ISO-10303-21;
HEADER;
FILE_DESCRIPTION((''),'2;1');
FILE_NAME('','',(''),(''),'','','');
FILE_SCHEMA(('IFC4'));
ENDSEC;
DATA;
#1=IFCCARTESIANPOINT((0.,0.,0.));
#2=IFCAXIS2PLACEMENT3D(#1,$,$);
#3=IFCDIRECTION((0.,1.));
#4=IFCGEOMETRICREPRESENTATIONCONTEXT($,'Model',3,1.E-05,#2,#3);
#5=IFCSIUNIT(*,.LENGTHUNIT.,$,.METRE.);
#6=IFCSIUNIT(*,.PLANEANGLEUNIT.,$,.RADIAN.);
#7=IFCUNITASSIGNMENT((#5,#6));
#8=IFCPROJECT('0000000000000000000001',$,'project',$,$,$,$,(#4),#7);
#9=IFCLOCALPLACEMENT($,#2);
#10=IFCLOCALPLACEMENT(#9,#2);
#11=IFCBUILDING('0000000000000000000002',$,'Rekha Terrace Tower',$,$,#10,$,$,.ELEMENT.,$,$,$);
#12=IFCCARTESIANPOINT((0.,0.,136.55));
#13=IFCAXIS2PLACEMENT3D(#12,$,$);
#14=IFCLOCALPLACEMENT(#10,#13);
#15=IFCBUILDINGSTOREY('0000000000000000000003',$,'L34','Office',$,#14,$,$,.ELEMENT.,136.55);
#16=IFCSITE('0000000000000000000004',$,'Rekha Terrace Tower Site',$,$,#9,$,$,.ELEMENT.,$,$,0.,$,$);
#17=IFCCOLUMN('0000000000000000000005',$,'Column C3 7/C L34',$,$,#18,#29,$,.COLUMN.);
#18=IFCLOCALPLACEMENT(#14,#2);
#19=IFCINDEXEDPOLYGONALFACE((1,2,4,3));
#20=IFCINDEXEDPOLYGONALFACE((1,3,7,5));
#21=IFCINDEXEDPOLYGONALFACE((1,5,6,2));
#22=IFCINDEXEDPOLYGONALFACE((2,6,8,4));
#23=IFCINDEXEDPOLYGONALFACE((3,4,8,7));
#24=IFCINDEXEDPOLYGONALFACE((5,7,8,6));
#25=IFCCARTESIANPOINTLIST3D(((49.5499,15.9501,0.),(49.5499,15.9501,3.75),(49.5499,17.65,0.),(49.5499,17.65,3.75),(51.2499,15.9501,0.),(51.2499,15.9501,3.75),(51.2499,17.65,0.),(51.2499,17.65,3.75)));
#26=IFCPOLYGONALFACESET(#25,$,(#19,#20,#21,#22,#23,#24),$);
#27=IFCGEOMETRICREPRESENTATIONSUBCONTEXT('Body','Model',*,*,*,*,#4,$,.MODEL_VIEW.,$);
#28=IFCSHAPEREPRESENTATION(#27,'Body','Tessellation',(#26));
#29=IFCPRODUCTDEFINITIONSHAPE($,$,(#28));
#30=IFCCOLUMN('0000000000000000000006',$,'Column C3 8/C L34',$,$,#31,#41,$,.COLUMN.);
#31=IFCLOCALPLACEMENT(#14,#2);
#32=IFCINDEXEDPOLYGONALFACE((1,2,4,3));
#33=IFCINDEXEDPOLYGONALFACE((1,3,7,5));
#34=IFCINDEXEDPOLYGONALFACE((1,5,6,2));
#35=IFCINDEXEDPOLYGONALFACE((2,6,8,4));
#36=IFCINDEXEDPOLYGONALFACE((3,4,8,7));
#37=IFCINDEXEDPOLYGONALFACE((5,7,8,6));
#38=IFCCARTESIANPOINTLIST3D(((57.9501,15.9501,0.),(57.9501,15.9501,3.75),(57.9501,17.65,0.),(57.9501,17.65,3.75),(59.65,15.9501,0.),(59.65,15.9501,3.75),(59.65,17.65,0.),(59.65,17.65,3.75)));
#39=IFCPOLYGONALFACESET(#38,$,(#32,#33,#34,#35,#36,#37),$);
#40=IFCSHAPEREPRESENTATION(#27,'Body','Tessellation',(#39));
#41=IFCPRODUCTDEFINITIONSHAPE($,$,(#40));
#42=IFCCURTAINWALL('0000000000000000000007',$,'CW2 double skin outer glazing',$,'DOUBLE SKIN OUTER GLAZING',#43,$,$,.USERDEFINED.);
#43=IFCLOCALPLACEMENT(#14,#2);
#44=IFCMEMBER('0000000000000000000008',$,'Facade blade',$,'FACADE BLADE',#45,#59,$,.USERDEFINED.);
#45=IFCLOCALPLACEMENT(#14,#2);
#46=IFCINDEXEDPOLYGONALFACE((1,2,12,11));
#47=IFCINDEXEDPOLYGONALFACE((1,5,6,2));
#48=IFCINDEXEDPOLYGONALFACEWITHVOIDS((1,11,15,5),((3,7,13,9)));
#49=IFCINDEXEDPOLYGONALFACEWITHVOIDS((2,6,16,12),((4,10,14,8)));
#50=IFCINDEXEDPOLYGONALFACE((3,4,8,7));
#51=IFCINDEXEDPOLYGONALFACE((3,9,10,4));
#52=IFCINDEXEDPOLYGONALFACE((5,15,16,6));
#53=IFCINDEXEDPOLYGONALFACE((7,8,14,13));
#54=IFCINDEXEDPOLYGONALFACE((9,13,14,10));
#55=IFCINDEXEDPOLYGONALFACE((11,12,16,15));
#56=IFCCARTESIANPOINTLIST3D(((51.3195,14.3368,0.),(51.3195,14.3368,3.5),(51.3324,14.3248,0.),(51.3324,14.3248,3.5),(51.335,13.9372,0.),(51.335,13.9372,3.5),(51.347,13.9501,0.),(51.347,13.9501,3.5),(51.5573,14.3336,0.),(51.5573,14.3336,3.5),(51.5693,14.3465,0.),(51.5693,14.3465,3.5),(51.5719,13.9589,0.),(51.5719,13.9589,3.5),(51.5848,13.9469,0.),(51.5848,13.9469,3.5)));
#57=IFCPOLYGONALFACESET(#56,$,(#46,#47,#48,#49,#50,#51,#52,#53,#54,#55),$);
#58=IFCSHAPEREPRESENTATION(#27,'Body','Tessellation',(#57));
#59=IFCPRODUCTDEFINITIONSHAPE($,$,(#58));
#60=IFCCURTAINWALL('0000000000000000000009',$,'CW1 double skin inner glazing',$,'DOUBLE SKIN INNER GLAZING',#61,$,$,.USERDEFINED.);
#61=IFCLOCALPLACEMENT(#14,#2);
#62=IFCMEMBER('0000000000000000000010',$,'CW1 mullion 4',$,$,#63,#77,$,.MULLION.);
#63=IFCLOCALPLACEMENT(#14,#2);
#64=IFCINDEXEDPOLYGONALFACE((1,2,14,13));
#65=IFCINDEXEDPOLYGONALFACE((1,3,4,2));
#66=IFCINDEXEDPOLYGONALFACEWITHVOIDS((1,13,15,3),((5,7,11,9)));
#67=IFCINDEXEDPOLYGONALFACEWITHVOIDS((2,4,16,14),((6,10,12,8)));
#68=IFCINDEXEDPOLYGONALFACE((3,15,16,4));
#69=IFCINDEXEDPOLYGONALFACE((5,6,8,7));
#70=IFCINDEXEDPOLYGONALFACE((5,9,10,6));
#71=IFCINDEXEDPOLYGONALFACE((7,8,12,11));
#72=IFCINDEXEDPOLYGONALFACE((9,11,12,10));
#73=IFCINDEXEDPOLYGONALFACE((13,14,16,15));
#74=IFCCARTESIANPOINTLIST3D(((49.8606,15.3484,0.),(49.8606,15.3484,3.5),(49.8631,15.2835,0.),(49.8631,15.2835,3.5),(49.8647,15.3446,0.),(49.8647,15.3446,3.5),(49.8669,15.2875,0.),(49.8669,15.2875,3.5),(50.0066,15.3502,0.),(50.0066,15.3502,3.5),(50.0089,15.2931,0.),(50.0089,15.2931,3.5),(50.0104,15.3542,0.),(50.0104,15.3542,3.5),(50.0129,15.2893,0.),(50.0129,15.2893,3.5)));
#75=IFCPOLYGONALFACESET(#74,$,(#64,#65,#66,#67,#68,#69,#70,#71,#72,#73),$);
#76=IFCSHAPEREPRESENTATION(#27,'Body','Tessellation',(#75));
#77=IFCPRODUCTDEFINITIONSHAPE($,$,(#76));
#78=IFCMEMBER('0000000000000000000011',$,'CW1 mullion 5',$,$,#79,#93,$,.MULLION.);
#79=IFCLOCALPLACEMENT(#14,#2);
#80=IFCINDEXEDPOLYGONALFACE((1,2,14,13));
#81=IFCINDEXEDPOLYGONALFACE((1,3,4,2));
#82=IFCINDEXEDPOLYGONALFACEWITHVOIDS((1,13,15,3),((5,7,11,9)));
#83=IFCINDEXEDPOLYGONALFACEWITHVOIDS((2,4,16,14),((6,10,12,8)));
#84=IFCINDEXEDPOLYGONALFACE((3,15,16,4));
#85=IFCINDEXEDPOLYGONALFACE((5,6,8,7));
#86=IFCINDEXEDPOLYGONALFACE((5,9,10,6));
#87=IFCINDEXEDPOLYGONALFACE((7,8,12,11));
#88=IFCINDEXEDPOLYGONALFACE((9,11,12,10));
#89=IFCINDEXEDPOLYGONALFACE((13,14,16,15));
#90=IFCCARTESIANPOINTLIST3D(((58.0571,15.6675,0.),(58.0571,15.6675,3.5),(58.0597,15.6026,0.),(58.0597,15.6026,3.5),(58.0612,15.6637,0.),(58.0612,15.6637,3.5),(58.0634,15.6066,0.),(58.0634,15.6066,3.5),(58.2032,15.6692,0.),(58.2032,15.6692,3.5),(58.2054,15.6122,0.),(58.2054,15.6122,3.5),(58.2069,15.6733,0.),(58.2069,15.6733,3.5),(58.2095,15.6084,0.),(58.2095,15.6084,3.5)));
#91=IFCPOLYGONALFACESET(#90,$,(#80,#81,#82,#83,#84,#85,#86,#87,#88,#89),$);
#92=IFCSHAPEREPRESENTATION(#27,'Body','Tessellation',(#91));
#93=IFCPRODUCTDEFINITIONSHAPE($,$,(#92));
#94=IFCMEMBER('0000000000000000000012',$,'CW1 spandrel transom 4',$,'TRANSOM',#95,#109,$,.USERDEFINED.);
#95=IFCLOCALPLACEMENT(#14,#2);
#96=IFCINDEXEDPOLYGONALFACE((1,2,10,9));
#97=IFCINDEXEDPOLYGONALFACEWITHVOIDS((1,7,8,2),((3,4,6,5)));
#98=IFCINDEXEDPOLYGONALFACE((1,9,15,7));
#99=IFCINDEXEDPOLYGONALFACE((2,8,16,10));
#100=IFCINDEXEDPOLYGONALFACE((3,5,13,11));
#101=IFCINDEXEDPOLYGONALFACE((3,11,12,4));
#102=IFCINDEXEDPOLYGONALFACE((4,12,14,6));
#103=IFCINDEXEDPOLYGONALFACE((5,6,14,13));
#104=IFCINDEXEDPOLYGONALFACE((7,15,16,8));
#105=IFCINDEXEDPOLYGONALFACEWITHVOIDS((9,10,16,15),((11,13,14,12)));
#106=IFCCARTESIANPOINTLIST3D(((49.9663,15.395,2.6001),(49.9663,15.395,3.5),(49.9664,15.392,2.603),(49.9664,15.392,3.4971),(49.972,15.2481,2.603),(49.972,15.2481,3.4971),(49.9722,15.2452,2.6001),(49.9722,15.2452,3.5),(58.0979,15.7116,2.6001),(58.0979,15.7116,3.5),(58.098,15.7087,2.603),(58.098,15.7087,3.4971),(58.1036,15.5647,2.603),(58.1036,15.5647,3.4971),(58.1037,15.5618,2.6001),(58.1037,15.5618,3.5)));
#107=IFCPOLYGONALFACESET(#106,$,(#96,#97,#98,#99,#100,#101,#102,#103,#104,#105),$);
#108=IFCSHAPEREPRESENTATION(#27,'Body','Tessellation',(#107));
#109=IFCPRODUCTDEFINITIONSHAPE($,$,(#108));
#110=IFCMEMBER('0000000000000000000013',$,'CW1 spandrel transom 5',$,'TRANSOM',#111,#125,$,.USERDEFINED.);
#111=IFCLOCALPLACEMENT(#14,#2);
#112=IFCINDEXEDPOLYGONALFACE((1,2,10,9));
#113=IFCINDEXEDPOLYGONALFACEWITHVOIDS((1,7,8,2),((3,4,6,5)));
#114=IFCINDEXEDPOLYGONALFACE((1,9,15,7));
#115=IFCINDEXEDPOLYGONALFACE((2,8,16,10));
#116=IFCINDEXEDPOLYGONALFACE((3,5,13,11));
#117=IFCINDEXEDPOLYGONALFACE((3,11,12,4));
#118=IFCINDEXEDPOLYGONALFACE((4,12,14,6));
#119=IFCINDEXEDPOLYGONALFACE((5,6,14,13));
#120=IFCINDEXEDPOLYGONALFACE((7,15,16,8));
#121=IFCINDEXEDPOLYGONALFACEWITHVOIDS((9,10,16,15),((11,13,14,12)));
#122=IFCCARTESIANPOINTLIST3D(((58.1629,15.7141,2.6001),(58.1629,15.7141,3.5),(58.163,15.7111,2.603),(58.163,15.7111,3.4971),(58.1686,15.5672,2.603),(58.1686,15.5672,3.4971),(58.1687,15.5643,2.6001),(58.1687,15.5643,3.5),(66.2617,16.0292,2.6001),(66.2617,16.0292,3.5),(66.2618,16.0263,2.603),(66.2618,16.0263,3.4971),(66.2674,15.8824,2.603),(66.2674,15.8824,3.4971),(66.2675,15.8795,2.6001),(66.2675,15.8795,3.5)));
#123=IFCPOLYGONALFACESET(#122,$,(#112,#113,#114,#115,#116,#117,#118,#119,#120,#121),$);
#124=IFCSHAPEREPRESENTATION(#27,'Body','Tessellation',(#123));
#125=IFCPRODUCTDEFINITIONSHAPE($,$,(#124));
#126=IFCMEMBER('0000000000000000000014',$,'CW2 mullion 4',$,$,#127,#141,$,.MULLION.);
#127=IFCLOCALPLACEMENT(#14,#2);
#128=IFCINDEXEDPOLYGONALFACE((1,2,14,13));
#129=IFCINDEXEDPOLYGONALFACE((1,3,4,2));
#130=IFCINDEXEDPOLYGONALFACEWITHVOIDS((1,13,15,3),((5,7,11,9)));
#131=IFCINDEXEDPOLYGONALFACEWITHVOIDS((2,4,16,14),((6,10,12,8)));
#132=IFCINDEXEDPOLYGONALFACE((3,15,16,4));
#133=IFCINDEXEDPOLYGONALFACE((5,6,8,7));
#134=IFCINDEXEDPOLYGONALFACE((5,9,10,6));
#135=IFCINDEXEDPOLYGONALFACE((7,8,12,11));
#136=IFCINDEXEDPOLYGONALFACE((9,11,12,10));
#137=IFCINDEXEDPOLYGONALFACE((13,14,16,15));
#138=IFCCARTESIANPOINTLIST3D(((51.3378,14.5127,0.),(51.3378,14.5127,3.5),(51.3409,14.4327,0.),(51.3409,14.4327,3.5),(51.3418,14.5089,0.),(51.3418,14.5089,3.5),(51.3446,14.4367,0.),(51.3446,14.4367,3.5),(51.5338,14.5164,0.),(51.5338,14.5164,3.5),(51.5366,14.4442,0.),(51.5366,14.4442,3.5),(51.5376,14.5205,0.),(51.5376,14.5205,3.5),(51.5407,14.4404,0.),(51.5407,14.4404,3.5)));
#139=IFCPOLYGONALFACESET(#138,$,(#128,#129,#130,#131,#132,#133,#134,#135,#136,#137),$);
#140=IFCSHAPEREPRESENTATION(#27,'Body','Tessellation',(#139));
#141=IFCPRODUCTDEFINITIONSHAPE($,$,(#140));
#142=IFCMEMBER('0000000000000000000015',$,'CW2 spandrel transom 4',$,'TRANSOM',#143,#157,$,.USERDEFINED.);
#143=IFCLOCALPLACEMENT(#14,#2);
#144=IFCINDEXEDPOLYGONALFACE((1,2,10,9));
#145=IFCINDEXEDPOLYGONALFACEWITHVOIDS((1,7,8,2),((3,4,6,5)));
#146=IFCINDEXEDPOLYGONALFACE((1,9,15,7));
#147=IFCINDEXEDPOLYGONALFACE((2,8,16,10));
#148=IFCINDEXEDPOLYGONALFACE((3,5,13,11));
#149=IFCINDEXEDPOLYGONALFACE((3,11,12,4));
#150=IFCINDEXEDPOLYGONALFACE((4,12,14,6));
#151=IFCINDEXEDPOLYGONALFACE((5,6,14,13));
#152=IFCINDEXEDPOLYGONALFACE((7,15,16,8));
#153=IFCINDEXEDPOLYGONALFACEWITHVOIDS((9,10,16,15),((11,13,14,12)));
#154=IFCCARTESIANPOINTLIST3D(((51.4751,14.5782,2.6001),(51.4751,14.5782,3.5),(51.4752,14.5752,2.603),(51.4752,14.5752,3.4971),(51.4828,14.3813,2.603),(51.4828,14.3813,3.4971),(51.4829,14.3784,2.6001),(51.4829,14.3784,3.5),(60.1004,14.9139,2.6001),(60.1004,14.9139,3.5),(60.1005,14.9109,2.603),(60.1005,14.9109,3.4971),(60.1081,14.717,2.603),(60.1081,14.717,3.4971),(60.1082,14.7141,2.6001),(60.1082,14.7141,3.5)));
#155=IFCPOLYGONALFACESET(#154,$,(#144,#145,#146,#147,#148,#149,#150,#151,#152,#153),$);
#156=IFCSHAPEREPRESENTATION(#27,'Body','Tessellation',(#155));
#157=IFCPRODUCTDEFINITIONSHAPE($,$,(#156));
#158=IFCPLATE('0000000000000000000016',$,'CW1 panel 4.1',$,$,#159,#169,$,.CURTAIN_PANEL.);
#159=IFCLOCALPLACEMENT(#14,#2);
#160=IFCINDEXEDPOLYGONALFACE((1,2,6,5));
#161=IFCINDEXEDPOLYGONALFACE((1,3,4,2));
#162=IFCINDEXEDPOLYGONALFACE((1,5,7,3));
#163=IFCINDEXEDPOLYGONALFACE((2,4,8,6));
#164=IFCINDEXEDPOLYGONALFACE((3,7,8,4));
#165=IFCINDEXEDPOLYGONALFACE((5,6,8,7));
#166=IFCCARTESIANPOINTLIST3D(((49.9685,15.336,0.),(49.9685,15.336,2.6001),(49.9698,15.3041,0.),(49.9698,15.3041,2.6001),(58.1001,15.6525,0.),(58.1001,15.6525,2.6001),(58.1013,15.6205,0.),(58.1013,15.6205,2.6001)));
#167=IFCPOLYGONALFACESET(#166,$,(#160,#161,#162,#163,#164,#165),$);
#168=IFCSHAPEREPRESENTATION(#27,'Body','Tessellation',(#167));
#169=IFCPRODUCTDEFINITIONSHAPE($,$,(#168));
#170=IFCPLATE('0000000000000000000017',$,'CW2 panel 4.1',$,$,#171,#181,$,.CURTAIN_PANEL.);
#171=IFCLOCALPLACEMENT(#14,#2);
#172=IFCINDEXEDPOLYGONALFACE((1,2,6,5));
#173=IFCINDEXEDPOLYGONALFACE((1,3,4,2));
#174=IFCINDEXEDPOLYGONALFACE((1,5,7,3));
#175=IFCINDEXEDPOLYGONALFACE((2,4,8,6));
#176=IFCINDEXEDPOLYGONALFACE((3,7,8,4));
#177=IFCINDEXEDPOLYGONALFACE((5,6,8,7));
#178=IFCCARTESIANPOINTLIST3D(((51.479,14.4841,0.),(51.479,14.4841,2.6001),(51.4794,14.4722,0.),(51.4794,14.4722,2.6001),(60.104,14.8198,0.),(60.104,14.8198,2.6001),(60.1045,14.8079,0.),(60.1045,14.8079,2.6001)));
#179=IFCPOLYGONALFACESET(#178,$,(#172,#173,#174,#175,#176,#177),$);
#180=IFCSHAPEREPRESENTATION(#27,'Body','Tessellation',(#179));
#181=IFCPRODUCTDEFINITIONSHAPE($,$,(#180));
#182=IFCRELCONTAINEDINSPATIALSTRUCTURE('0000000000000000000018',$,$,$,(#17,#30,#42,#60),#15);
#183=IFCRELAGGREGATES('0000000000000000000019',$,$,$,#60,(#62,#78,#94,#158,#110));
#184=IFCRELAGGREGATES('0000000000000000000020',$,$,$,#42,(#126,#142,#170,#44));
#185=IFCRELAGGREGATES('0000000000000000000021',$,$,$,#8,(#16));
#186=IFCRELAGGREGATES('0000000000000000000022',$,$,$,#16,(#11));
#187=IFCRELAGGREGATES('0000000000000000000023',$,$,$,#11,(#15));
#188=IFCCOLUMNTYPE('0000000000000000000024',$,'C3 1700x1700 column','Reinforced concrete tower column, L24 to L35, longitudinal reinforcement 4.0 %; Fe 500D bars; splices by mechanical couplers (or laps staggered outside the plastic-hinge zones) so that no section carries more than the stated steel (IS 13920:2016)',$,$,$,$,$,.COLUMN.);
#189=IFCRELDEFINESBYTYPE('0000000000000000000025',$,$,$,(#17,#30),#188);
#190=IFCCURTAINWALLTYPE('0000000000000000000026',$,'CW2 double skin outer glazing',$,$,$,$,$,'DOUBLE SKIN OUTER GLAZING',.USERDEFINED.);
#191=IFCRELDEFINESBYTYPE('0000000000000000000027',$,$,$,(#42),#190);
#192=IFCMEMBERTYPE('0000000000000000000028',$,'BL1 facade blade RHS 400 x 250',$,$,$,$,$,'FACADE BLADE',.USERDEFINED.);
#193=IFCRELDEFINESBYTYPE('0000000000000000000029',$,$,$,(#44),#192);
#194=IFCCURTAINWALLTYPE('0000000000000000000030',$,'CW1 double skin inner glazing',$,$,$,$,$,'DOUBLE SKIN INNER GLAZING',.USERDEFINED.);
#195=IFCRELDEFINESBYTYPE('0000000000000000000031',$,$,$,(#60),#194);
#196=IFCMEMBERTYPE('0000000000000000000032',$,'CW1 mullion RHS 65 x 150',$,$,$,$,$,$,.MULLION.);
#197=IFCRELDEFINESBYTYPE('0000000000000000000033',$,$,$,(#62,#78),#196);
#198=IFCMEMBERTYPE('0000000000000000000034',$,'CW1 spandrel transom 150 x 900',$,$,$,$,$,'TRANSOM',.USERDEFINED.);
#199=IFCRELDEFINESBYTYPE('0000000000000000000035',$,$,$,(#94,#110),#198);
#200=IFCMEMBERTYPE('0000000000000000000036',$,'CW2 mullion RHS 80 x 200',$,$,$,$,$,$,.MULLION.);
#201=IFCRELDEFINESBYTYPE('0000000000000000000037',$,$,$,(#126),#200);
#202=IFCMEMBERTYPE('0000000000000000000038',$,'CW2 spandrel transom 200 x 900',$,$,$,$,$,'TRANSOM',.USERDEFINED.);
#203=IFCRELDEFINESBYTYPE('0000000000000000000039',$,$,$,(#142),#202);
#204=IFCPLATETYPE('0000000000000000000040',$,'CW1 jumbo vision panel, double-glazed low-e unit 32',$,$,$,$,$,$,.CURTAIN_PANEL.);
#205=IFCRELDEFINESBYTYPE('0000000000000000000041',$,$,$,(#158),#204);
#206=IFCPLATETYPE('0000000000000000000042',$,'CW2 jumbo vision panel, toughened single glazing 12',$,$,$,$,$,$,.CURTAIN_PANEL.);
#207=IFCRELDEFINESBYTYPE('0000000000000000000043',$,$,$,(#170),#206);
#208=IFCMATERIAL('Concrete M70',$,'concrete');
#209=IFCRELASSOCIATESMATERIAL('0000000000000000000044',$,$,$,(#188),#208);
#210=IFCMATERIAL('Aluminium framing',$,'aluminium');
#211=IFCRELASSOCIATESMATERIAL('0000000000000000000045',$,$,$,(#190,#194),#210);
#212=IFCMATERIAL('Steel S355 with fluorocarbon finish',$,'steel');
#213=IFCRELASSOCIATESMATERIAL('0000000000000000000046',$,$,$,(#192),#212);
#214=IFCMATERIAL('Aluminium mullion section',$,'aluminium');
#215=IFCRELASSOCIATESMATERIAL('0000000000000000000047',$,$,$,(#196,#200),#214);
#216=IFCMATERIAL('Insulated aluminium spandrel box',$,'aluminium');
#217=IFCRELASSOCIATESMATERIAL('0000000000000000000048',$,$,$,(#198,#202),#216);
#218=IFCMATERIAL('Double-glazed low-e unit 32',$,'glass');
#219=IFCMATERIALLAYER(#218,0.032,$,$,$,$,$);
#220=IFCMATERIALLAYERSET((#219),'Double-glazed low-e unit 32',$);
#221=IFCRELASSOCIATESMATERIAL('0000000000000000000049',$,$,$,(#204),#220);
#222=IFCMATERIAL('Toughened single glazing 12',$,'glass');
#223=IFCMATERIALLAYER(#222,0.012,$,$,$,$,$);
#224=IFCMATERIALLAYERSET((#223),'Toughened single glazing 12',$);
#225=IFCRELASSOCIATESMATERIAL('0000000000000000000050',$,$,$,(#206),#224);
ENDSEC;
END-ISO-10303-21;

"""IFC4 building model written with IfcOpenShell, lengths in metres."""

from ifc_helpers import new_model, si_unit, direction, frame, origin, origin_2d, place, context, subcontext, project, spatial, rectangle, hollow_rectangle, extrude, material, layer, layer_set, material_profile, profile_set, type_object, element, aggregate, save


model = new_model("IFC4")

# Units and contexts
model_context = context("Model", 3, precision=1e-05, world=origin(), true_north=direction((0.0, 1.0)))
body_context = subcontext(model_context, "Body", "Model", "MODEL_VIEW")
ifc_project = project(units=[si_unit("LENGTHUNIT", "METRE"), si_unit("PLANEANGLEUNIT", "RADIAN")], contexts=[model_context])

# Site, building, storey
site_placement = place(None, origin())
site = spatial("IfcSite", under=ifc_project, at=site_placement, Name="Rekha Terrace Tower Site", CompositionType="ELEMENT", RefElevation=0.0)
building_placement = place(site_placement, origin())
building = spatial("IfcBuilding", under=site, at=building_placement, Name="Rekha Terrace Tower", CompositionType="ELEMENT")
storey_placement = place(building_placement, frame((0.0, 0.0, 136.55)))
storey = spatial("IfcBuildingStorey", under=building, at=storey_placement, Name="L34", Description="Office", CompositionType="ELEMENT", Elevation=136.55)

# Columns
ifc_material_1 = material(Name="Concrete M70", Category="concrete")
ifc_material_profile_1 = material_profile(ifc_material_1, rectangle(XDim=1.7, YDim=1.7, at=origin_2d()), Name="RC 1700x1700")
ifc_profile_set_1 = profile_set([ifc_material_profile_1], Name="Concrete M70")
column_type = type_object("IfcColumnType", Name="C3 1700x1700 column", Description="Reinforced concrete tower column, L24 to L35, longitudinal reinforcement 4.0 %; Fe 500D bars; splices by mechanical couplers (or laps staggered outside the plastic-hinge zones) so that no section carries more than the stated steel (IS 13920:2016)", PredefinedType="COLUMN", material=ifc_profile_set_1)
for number, where, z_axis, x_axis, name in (
    (1, (50.3999, 16.8, 0.0), (0.0, 0.0, 1.0), (1.0, 0.0, 0.0), "Column C3 7/C L34"),
    (2, (58.8, 16.8, 0.0), (0.0, 0.0, 1.0), (1.0, 0.0, 0.0), "Column C3 8/C L34"),
):
    element("IfcColumn", number, at=place(storey_placement, frame(where, z_axis=z_axis, x_axis=x_axis)), inside=storey, type_object=column_type, Name=name, PredefinedType="COLUMN", context=body_context, shape_type="SweptSolid", body=[
        extrude(rectangle(XDim=1.7, YDim=1.7, at=origin_2d()), origin(), (0.0, 0.0, 1.0), 3.75),
    ])

# Curtain wall, member
ifc_material_2 = material(Name="Aluminium framing", Category="aluminium")
curtain_wall_type_1 = type_object("IfcCurtainWallType", Name="CW2 double skin outer glazing", ElementType="DOUBLE SKIN OUTER GLAZING", PredefinedType="USERDEFINED", material=ifc_material_2)
curtain_wall_1_placement = place(storey_placement, origin())
curtain_wall_1 = element("IfcCurtainWall", 3, at=curtain_wall_1_placement, inside=storey, type_object=curtain_wall_type_1, Name="CW2 double skin outer glazing", ObjectType="DOUBLE SKIN OUTER GLAZING", PredefinedType="USERDEFINED")
ifc_material_3 = material(Name="Steel S355 with fluorocarbon finish", Category="steel")
ifc_material_profile_2 = material_profile(ifc_material_3, hollow_rectangle(XDim=0.25, YDim=0.3999, WallThickness=0.0125, at=origin_2d()), Name="RHS400x250x12.5")
ifc_profile_set_2 = profile_set([ifc_material_profile_2], Name="Steel S355 with fluorocarbon finish")
member_type_1 = type_object("IfcMemberType", Name="BL1 facade blade RHS 400 x 250", ElementType="FACADE BLADE", PredefinedType="USERDEFINED", material=ifc_profile_set_2)
member_1_placement = place(storey_placement, frame((51.4521, 14.1418, 0.0), z_axis=(0.0, 0.0, 1.0), x_axis=(0.999243, 0.03889, 0.0)))
member_1 = element("IfcMember", 4, at=member_1_placement, type_object=member_type_1, Name="Facade blade", ObjectType="FACADE BLADE", PredefinedType="USERDEFINED", context=body_context, shape_type="SweptSolid", body=[
    extrude(hollow_rectangle(XDim=0.25, YDim=0.3999, WallThickness=0.0125, at=origin_2d()), origin(), (0.0, 0.0, 1.0), 3.5),
])

# Curtain wall, members
curtain_wall_type_2 = type_object("IfcCurtainWallType", Name="CW1 double skin inner glazing", ElementType="DOUBLE SKIN INNER GLAZING", PredefinedType="USERDEFINED", material=ifc_material_2)
curtain_wall_2_placement = place(storey_placement, origin())
curtain_wall_2 = element("IfcCurtainWall", 5, at=curtain_wall_2_placement, inside=storey, type_object=curtain_wall_type_2, Name="CW1 double skin inner glazing", ObjectType="DOUBLE SKIN INNER GLAZING", PredefinedType="USERDEFINED")
ifc_material_4 = material(Name="Aluminium mullion section", Category="aluminium")
ifc_material_profile_3 = material_profile(ifc_material_4, hollow_rectangle(XDim=0.0649, YDim=0.1499, WallThickness=0.0039, at=origin_2d()), Name="AL RHS 65x150")
ifc_profile_set_3 = profile_set([ifc_material_profile_3], Name="Aluminium mullion section")
member_type_2 = type_object("IfcMemberType", Name="CW1 mullion RHS 65 x 150", PredefinedType="MULLION", material=ifc_profile_set_3)
member_2_placement = place(storey_placement, frame((49.9368, 15.3188, 0.0), z_axis=(0.0, 0.0, 1.0), x_axis=(-0.03889, 0.999243, 0.0)))
member_2 = element("IfcMember", 6, at=member_2_placement, type_object=member_type_2, Name="CW1 mullion 4", PredefinedType="MULLION", context=body_context, shape_type="SweptSolid", body=[
    extrude(hollow_rectangle(XDim=0.0649, YDim=0.1499, WallThickness=0.0039, at=origin_2d()), origin(), (0.0, 0.0, 1.0), 3.5),
])
member_3_placement = place(storey_placement, frame((58.1333, 15.6379, 0.0), z_axis=(0.0, 0.0, 1.0), x_axis=(-0.03889, 0.999243, 0.0)))
member_3 = element("IfcMember", 7, at=member_3_placement, type_object=member_type_2, Name="CW1 mullion 5", PredefinedType="MULLION", context=body_context, shape_type="SweptSolid", body=[
    extrude(hollow_rectangle(XDim=0.0649, YDim=0.1499, WallThickness=0.0039, at=origin_2d()), origin(), (0.0, 0.0, 1.0), 3.5),
])
ifc_material_5 = material(Name="Insulated aluminium spandrel box", Category="aluminium")
ifc_material_profile_4 = material_profile(ifc_material_5, hollow_rectangle(XDim=0.1499, YDim=0.8999, WallThickness=0.0029, at=origin_2d()), Name="AL SPANDREL BOX 150x900")
ifc_profile_set_4 = profile_set([ifc_material_profile_4], Name="Insulated aluminium spandrel box")
member_type_3 = type_object("IfcMemberType", Name="CW1 spandrel transom 150 x 900", ElementType="TRANSOM", PredefinedType="USERDEFINED", material=ifc_profile_set_4)
member_4_placement = place(storey_placement, frame((49.9692, 15.3201, 3.05), z_axis=(0.999243, 0.038911, 0.0), x_axis=(-0.038911, 0.999243, 0.0)))
member_4 = element("IfcMember", 8, at=member_4_placement, type_object=member_type_3, Name="CW1 spandrel transom 4", ObjectType="TRANSOM", PredefinedType="USERDEFINED", context=body_context, shape_type="SweptSolid", body=[
    extrude(hollow_rectangle(XDim=0.1499, YDim=0.8999, WallThickness=0.0029, at=origin_2d()), origin(), (0.0, 0.0, 1.0), 8.1377),
])
member_5_placement = place(storey_placement, frame((58.1658, 15.6392, 3.05), z_axis=(0.999244, 0.038888, 0.0), x_axis=(-0.038888, 0.999244, 0.0)))
member_5 = element("IfcMember", 9, at=member_5_placement, type_object=member_type_3, Name="CW1 spandrel transom 5", ObjectType="TRANSOM", PredefinedType="USERDEFINED", context=body_context, shape_type="SweptSolid", body=[
    extrude(hollow_rectangle(XDim=0.1499, YDim=0.8999, WallThickness=0.0029, at=origin_2d()), origin(), (0.0, 0.0, 1.0), 8.105),
])

# Members
ifc_material_profile_5 = material_profile(ifc_material_4, hollow_rectangle(XDim=0.0801, YDim=0.2, WallThickness=0.0039, at=origin_2d()), Name="AL RHS 80x200")
ifc_profile_set_5 = profile_set([ifc_material_profile_5], Name="Aluminium mullion section")
member_type_4 = type_object("IfcMemberType", Name="CW2 mullion RHS 80 x 200", PredefinedType="MULLION", material=ifc_profile_set_5)
member_6_placement = place(storey_placement, frame((51.4392, 14.4766, 0.0), z_axis=(0.0, 0.0, 1.0), x_axis=(-0.03889, 0.999243, 0.0)))
member_6 = element("IfcMember", 10, at=member_6_placement, type_object=member_type_4, Name="CW2 mullion 4", PredefinedType="MULLION", context=body_context, shape_type="SweptSolid", body=[
    extrude(hollow_rectangle(XDim=0.0801, YDim=0.2, WallThickness=0.0039, at=origin_2d()), origin(), (0.0, 0.0, 1.0), 3.5),
])
ifc_material_profile_6 = material_profile(ifc_material_5, hollow_rectangle(XDim=0.2, YDim=0.8999, WallThickness=0.0029, at=origin_2d()), Name="AL SPANDREL BOX 200x900")
ifc_profile_set_6 = profile_set([ifc_material_profile_6], Name="Insulated aluminium spandrel box")
member_type_5 = type_object("IfcMemberType", Name="CW2 spandrel transom 200 x 900", ElementType="TRANSOM", PredefinedType="USERDEFINED", material=ifc_profile_set_6)
member_7_placement = place(storey_placement, frame((51.479, 14.4783, 3.05), z_axis=(0.999243, 0.03889, 0.0), x_axis=(-0.03889, 0.999243, 0.0)))
member_7 = element("IfcMember", 11, at=member_7_placement, type_object=member_type_5, Name="CW2 spandrel transom 4", ObjectType="TRANSOM", PredefinedType="USERDEFINED", context=body_context, shape_type="SweptSolid", body=[
    extrude(hollow_rectangle(XDim=0.2, YDim=0.8999, WallThickness=0.0029, at=origin_2d()), origin(), (0.0, 0.0, 1.0), 8.6318),
])

# Plates
ifc_material_6 = material(Name="Double-glazed low-e unit 32", Category="glass")
ifc_layer_1 = layer(ifc_material_6, 0.032)
ifc_layer_set_1 = layer_set([ifc_layer_1], Name="Double-glazed low-e unit 32")
plate_type_1 = type_object("IfcPlateType", Name="CW1 jumbo vision panel, double-glazed low-e unit 32", PredefinedType="CURTAIN_PANEL", material=ifc_layer_set_1)
plate_1_placement = place(storey_placement, frame((54.0349, 15.4783, 0.0), z_axis=(0.0, 0.0, 1.0), x_axis=(0.999243, 0.03889, 0.0)))
plate_1 = element("IfcPlate", 12, at=plate_1_placement, type_object=plate_type_1, Name="CW1 panel 4.1", PredefinedType="CURTAIN_PANEL", context=body_context, shape_type="SweptSolid", body=[
    extrude(rectangle(XDim=8.1377, YDim=0.032, at=origin_2d()), origin(), (0.0, 0.0, 1.0), 2.6001),
])
aggregate(curtain_wall_2, [member_2, member_3, member_4, plate_1, member_5])
ifc_material_7 = material(Name="Toughened single glazing 12", Category="glass")
ifc_layer_2 = layer(ifc_material_7, 0.012)
ifc_layer_set_2 = layer_set([ifc_layer_2], Name="Toughened single glazing 12")
plate_type_2 = type_object("IfcPlateType", Name="CW2 jumbo vision panel, toughened single glazing 12", PredefinedType="CURTAIN_PANEL", material=ifc_layer_set_2)
plate_2_placement = place(storey_placement, frame((55.7917, 14.646, 0.0), z_axis=(0.0, 0.0, 1.0), x_axis=(0.999243, 0.03889, 0.0)))
plate_2 = element("IfcPlate", 13, at=plate_2_placement, type_object=plate_type_2, Name="CW2 panel 4.1", PredefinedType="CURTAIN_PANEL", context=body_context, shape_type="SweptSolid", body=[
    extrude(rectangle(XDim=8.6316, YDim=0.012, at=origin_2d()), origin(), (0.0, 0.0, 1.0), 2.6001),
])
aggregate(curtain_wall_1, [member_6, member_7, plate_2, member_1])

save(model, "model.ifc")
